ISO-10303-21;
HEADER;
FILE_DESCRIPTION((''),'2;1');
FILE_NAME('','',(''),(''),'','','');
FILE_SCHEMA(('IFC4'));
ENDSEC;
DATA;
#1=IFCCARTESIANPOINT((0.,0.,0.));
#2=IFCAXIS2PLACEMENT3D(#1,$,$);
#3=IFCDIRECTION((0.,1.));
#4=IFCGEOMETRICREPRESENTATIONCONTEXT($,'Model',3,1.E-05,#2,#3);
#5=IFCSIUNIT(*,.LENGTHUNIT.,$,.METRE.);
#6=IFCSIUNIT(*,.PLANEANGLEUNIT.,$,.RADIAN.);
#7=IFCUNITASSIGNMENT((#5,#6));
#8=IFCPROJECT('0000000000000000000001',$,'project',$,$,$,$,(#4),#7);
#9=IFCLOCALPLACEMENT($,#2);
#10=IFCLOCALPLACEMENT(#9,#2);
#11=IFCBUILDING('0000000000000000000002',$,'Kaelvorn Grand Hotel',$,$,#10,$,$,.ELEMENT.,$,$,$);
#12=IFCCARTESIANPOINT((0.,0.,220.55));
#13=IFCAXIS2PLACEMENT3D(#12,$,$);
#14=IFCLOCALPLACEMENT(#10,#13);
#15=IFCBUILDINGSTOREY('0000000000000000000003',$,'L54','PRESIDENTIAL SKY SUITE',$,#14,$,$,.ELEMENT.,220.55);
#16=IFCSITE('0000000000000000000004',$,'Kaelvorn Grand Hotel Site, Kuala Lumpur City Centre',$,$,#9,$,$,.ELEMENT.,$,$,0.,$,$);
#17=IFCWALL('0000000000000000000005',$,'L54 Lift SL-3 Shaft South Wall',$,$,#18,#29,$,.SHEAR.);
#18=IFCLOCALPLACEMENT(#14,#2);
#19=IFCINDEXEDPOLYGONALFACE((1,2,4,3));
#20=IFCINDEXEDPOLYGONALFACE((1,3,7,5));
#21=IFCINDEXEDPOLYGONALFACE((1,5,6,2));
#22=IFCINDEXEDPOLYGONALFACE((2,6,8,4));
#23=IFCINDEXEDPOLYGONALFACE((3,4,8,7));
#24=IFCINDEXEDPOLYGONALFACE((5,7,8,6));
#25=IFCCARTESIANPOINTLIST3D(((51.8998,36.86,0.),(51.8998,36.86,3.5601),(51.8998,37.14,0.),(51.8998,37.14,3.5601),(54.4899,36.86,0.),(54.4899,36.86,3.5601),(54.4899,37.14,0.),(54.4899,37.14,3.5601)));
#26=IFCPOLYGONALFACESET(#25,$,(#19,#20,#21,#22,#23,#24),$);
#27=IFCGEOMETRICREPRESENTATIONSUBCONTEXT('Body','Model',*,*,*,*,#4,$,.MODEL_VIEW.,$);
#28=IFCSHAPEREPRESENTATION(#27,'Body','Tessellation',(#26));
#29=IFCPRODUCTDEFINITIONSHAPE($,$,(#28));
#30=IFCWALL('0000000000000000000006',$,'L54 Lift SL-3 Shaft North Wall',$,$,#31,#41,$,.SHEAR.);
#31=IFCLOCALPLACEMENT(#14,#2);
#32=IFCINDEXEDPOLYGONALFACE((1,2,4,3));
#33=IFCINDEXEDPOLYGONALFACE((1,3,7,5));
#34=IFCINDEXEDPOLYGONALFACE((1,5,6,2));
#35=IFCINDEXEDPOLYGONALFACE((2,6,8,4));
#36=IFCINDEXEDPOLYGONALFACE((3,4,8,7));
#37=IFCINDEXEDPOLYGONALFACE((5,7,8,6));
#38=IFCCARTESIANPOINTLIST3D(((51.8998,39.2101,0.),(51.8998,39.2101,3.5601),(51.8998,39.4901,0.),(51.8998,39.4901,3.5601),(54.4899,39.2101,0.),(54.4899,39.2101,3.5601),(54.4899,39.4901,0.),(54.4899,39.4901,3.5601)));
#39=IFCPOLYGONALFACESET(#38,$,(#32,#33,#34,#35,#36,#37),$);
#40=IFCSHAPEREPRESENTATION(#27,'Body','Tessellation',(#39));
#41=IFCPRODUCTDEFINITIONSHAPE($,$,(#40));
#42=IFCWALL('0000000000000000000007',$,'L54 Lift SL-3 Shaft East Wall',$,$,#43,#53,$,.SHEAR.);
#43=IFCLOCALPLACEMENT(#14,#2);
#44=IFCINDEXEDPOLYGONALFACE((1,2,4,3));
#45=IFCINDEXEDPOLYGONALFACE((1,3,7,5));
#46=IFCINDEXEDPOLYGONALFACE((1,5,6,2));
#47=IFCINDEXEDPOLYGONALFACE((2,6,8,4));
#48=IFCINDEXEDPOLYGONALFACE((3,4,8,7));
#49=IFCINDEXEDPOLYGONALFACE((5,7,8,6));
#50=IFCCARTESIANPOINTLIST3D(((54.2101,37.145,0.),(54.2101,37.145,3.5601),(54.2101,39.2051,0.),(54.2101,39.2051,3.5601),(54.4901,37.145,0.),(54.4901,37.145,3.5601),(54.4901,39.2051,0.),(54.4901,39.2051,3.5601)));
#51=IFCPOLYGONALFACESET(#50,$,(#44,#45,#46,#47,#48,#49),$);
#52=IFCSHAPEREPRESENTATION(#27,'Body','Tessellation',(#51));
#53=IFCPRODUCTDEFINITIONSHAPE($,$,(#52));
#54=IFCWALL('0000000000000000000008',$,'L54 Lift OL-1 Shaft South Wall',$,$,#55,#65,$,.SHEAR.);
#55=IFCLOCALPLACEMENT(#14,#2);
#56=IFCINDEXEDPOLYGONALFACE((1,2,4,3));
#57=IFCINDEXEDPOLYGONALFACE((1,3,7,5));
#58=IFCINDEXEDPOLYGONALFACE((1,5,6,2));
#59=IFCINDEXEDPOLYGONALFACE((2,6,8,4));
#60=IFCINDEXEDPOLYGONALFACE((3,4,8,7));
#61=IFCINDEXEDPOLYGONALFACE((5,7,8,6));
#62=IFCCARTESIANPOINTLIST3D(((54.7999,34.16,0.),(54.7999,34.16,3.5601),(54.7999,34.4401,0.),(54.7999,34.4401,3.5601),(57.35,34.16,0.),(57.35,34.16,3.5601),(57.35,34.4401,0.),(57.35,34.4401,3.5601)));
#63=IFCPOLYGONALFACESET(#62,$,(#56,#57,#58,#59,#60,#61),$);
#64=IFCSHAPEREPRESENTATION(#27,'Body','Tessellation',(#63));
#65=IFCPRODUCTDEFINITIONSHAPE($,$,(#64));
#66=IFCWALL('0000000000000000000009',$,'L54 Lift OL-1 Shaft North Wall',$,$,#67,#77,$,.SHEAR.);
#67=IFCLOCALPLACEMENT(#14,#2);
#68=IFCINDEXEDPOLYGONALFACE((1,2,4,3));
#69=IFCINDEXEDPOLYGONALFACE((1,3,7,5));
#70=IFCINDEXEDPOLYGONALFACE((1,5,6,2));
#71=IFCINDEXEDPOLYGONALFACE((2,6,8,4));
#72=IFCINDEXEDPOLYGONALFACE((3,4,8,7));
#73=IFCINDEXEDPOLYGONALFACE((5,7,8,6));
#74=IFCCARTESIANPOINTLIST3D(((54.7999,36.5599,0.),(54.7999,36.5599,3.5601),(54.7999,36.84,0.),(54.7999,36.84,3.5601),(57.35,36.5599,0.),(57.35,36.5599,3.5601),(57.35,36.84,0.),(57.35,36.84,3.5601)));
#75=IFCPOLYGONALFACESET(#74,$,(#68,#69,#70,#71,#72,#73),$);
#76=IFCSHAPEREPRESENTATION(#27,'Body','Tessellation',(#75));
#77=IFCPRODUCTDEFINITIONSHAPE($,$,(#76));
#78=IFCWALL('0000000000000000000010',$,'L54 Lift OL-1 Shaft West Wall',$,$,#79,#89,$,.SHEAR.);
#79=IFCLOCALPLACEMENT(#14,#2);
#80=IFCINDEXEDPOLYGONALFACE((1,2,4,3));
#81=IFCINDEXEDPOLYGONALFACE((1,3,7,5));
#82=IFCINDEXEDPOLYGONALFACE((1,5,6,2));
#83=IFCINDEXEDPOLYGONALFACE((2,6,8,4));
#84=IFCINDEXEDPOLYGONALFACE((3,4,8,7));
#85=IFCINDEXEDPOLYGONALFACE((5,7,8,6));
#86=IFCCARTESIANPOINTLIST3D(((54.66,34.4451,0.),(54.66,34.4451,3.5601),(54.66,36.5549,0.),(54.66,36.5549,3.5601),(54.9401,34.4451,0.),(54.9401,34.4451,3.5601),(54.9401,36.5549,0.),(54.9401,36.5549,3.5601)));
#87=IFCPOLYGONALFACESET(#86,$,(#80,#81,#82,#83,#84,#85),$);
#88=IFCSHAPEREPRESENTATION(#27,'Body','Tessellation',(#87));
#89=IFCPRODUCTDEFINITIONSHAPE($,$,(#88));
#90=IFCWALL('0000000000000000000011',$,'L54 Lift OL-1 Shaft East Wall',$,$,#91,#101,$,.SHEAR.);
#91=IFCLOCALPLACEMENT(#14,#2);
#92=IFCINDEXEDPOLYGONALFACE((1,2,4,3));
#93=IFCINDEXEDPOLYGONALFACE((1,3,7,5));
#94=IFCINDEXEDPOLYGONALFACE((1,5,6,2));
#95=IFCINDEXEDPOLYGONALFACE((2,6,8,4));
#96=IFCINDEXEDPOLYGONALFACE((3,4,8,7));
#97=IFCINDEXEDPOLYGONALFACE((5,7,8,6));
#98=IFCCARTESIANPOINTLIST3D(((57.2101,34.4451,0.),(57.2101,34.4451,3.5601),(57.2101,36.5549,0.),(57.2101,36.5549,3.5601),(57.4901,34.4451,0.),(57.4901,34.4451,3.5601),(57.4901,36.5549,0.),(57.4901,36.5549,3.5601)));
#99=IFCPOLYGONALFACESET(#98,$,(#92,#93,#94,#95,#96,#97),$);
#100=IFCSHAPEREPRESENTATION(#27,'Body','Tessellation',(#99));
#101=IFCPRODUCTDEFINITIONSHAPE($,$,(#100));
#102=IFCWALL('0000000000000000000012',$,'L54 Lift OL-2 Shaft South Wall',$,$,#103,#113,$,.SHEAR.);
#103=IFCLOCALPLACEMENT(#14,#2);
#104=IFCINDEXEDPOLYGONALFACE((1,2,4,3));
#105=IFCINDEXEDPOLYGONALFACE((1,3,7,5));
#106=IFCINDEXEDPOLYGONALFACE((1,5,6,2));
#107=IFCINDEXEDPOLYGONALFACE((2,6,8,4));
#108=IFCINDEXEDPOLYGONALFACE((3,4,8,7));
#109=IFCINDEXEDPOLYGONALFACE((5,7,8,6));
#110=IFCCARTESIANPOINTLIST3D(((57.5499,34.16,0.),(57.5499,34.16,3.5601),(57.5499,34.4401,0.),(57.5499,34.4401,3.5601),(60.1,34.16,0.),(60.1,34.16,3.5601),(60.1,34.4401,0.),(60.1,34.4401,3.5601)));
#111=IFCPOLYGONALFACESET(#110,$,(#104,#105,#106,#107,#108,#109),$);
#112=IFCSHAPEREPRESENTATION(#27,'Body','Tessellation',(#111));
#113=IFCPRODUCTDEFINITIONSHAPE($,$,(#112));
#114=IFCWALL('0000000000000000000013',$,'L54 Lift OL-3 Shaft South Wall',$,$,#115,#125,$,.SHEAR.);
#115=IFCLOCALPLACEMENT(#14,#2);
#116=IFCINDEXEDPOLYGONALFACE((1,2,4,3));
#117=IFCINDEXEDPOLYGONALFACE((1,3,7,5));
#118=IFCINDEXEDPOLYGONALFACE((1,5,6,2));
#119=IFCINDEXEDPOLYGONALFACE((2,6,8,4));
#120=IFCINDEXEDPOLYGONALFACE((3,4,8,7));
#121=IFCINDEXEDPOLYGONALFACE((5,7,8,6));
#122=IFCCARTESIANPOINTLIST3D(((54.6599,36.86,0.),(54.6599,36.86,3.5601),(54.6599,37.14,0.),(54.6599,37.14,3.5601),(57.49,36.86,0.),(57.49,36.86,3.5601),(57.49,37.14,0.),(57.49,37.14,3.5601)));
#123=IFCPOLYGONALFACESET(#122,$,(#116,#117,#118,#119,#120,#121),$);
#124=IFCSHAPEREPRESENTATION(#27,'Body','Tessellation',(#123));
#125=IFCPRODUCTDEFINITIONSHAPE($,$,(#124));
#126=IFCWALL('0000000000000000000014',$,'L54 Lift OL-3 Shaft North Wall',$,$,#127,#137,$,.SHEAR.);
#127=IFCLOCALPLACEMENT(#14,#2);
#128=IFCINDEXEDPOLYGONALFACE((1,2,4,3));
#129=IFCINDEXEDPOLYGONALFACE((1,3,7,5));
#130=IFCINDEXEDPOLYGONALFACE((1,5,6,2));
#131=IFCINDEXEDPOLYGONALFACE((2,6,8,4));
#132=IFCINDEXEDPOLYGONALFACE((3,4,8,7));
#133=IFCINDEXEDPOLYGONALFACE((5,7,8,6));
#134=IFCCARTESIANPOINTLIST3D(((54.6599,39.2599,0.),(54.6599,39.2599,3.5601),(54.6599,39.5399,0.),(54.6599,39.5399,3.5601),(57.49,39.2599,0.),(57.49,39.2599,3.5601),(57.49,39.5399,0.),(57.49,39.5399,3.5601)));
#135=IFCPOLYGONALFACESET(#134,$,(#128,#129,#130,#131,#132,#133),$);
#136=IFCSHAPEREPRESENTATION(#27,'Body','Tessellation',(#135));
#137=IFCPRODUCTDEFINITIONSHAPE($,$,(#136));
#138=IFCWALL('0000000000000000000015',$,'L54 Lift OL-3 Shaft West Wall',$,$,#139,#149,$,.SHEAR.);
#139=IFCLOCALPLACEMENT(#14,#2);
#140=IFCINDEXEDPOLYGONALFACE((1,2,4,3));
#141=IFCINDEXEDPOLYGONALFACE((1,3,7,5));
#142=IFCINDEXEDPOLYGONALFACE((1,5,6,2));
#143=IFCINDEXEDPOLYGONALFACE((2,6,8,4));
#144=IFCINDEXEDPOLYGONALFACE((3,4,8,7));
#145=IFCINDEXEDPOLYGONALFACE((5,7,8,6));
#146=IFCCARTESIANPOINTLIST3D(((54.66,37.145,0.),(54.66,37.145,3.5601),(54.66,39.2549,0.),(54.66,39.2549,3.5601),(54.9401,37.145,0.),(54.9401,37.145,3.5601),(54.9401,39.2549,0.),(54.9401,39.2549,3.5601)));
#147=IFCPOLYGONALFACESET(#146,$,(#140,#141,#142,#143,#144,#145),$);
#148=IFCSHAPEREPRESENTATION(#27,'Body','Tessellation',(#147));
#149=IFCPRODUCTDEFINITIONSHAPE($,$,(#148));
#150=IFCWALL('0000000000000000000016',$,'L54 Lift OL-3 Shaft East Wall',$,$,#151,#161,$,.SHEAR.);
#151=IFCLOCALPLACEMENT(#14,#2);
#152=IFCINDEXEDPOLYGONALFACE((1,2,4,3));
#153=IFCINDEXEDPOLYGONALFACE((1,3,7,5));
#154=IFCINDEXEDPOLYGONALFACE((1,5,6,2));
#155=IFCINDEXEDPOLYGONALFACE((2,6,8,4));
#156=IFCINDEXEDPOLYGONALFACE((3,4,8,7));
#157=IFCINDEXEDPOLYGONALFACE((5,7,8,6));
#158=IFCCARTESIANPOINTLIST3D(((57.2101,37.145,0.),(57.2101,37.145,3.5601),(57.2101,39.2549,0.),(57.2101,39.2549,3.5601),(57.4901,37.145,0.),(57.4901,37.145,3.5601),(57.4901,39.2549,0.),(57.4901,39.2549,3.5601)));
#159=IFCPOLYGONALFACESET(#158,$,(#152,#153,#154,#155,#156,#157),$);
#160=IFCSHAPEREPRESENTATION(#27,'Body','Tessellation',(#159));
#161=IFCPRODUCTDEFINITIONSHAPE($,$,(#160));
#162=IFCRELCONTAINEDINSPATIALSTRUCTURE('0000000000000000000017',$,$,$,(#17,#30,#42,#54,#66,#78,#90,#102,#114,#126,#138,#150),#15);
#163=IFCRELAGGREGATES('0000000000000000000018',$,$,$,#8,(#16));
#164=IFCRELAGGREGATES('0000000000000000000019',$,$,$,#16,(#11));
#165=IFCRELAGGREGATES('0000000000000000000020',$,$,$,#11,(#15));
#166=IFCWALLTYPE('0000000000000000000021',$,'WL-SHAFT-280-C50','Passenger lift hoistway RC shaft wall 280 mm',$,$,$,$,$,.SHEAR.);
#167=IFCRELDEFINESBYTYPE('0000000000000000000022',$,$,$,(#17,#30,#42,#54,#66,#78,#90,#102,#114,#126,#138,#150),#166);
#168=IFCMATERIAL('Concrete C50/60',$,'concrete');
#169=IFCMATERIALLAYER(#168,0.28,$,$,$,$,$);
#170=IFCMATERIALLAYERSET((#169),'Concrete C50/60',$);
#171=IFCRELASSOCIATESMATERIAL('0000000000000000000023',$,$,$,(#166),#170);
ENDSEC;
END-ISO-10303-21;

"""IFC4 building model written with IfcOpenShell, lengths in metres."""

from ifc_helpers import new_model, si_unit, direction, frame, frame_2d, origin, place, context, subcontext, project, spatial, rectangle, extrude, material, layer, layer_set, type_object, element, save


model = new_model("IFC4")

# Units and contexts
model_context = context("Model", 3, precision=1e-05, world=origin(), true_north=direction((0.0, 1.0)))
body_context = subcontext(model_context, "Body", "Model", "MODEL_VIEW")
ifc_project = project(units=[si_unit("LENGTHUNIT", "METRE"), si_unit("PLANEANGLEUNIT", "RADIAN")], contexts=[model_context])

# Site, building, storey
site_placement = place(None, origin())
site = spatial("IfcSite", under=ifc_project, at=site_placement, Name="Kaelvorn Grand Hotel Site, Kuala Lumpur City Centre", CompositionType="ELEMENT", RefElevation=0.0)
building_placement = place(site_placement, origin())
building = spatial("IfcBuilding", under=site, at=building_placement, Name="Kaelvorn Grand Hotel", CompositionType="ELEMENT")
storey_placement = place(building_placement, frame((0.0, 0.0, 220.55)))
storey = spatial("IfcBuildingStorey", under=building, at=storey_placement, Name="L54", Description="PRESIDENTIAL SKY SUITE", CompositionType="ELEMENT", Elevation=220.55)

# Shared definitions
ifc_material_1 = material(Name="Concrete C50/60", Category="concrete")

# Shared definitions
ifc_layer_1 = layer(ifc_material_1, 0.28)
ifc_layer_set_1 = layer_set([ifc_layer_1], Name="Concrete C50/60")
wall_type_1 = type_object("IfcWallType", Name="WL-SHAFT-280-C50", Description="Passenger lift hoistway RC shaft wall 280 mm", PredefinedType="SHEAR", material=ifc_layer_set_1)

# Walls
for number, where, z_axis, x_axis, name in (
    (1, (51.8999, 37.0, 0.0), (0.0, 0.0, 1.0), (1.0, 0.0, 0.0), "L54 Lift SL-3 Shaft South Wall"),
    (2, (51.8999, 39.3501, 0.0), (0.0, 0.0, 1.0), (1.0, 0.0, 0.0), "L54 Lift SL-3 Shaft North Wall"),
):
    element("IfcWall", number, at=place(storey_placement, frame(where, z_axis=z_axis, x_axis=x_axis)), inside=storey, type_object=wall_type_1, Name=name, PredefinedType="SHEAR", context=body_context, shape_type="SweptSolid", body=[
        extrude(rectangle(XDim=2.5901, YDim=0.28, at=frame_2d((1.2949, 0.0))), origin(), (0.0, 0.0, 1.0), 3.5601),
    ])
wall_1_placement = place(storey_placement, frame((54.3501, 37.145, 0.0), z_axis=(0.0, 0.0, 1.0), x_axis=(0.0, 1.0, 0.0)))
element("IfcWall", 3, at=wall_1_placement, inside=storey, type_object=wall_type_1, Name="L54 Lift SL-3 Shaft East Wall", PredefinedType="SHEAR", context=body_context, shape_type="SweptSolid", body=[
    extrude(rectangle(XDim=2.0601, YDim=0.28, at=frame_2d((1.03, 0.0))), origin(), (0.0, 0.0, 1.0), 3.5601),
])
for number, where, z_axis, x_axis, name in (
    (4, (54.8, 34.3, 0.0), (0.0, 0.0, 1.0), (1.0, 0.0, 0.0), "L54 Lift OL-1 Shaft South Wall"),
    (5, (54.8, 36.7, 0.0), (0.0, 0.0, 1.0), (1.0, 0.0, 0.0), "L54 Lift OL-1 Shaft North Wall"),
):
    element("IfcWall", number, at=place(storey_placement, frame(where, z_axis=z_axis, x_axis=x_axis)), inside=storey, type_object=wall_type_1, Name=name, PredefinedType="SHEAR", context=body_context, shape_type="SweptSolid", body=[
        extrude(rectangle(XDim=2.55, YDim=0.28, at=frame_2d((1.2749, 0.0))), origin(), (0.0, 0.0, 1.0), 3.5601),
    ])
for number, where, z_axis, x_axis, name in (
    (6, (54.8, 34.4451, 0.0), (0.0, 0.0, 1.0), (0.0, 1.0, 0.0), "L54 Lift OL-1 Shaft West Wall"),
    (7, (57.3501, 34.4451, 0.0), (0.0, 0.0, 1.0), (0.0, 1.0, 0.0), "L54 Lift OL-1 Shaft East Wall"),
):
    element("IfcWall", number, at=place(storey_placement, frame(where, z_axis=z_axis, x_axis=x_axis)), inside=storey, type_object=wall_type_1, Name=name, PredefinedType="SHEAR", context=body_context, shape_type="SweptSolid", body=[
        extrude(rectangle(XDim=2.1099, YDim=0.28, at=frame_2d((1.0549, 0.0))), origin(), (0.0, 0.0, 1.0), 3.5601),
    ])
wall_2_placement = place(storey_placement, frame((57.55, 34.3, 0.0), z_axis=(0.0, 0.0, 1.0), x_axis=(1.0, 0.0, 0.0)))
element("IfcWall", 8, at=wall_2_placement, inside=storey, type_object=wall_type_1, Name="L54 Lift OL-2 Shaft South Wall", PredefinedType="SHEAR", context=body_context, shape_type="SweptSolid", body=[
    extrude(rectangle(XDim=2.55, YDim=0.28, at=frame_2d((1.2749, 0.0))), origin(), (0.0, 0.0, 1.0), 3.5601),
])
for number, where, z_axis, x_axis, name in (
    (9, (54.6599, 37.0, 0.0), (0.0, 0.0, 1.0), (1.0, 0.0, 0.0), "L54 Lift OL-3 Shaft South Wall"),
    (10, (54.6599, 39.3999, 0.0), (0.0, 0.0, 1.0), (1.0, 0.0, 0.0), "L54 Lift OL-3 Shaft North Wall"),
):
    element("IfcWall", number, at=place(storey_placement, frame(where, z_axis=z_axis, x_axis=x_axis)), inside=storey, type_object=wall_type_1, Name=name, PredefinedType="SHEAR", context=body_context, shape_type="SweptSolid", body=[
        extrude(rectangle(XDim=2.8301, YDim=0.28, at=frame_2d((1.415, 0.0))), origin(), (0.0, 0.0, 1.0), 3.5601),
    ])
for number, where, z_axis, x_axis, name in (
    (11, (54.8, 37.145, 0.0), (0.0, 0.0, 1.0), (0.0, 1.0, 0.0), "L54 Lift OL-3 Shaft West Wall"),
    (12, (57.3501, 37.145, 0.0), (0.0, 0.0, 1.0), (0.0, 1.0, 0.0), "L54 Lift OL-3 Shaft East Wall"),
):
    element("IfcWall", number, at=place(storey_placement, frame(where, z_axis=z_axis, x_axis=x_axis)), inside=storey, type_object=wall_type_1, Name=name, PredefinedType="SHEAR", context=body_context, shape_type="SweptSolid", body=[
        extrude(rectangle(XDim=2.1099, YDim=0.28, at=frame_2d((1.0549, 0.0))), origin(), (0.0, 0.0, 1.0), 3.5601),
    ])

save(model, "model.ifc")
